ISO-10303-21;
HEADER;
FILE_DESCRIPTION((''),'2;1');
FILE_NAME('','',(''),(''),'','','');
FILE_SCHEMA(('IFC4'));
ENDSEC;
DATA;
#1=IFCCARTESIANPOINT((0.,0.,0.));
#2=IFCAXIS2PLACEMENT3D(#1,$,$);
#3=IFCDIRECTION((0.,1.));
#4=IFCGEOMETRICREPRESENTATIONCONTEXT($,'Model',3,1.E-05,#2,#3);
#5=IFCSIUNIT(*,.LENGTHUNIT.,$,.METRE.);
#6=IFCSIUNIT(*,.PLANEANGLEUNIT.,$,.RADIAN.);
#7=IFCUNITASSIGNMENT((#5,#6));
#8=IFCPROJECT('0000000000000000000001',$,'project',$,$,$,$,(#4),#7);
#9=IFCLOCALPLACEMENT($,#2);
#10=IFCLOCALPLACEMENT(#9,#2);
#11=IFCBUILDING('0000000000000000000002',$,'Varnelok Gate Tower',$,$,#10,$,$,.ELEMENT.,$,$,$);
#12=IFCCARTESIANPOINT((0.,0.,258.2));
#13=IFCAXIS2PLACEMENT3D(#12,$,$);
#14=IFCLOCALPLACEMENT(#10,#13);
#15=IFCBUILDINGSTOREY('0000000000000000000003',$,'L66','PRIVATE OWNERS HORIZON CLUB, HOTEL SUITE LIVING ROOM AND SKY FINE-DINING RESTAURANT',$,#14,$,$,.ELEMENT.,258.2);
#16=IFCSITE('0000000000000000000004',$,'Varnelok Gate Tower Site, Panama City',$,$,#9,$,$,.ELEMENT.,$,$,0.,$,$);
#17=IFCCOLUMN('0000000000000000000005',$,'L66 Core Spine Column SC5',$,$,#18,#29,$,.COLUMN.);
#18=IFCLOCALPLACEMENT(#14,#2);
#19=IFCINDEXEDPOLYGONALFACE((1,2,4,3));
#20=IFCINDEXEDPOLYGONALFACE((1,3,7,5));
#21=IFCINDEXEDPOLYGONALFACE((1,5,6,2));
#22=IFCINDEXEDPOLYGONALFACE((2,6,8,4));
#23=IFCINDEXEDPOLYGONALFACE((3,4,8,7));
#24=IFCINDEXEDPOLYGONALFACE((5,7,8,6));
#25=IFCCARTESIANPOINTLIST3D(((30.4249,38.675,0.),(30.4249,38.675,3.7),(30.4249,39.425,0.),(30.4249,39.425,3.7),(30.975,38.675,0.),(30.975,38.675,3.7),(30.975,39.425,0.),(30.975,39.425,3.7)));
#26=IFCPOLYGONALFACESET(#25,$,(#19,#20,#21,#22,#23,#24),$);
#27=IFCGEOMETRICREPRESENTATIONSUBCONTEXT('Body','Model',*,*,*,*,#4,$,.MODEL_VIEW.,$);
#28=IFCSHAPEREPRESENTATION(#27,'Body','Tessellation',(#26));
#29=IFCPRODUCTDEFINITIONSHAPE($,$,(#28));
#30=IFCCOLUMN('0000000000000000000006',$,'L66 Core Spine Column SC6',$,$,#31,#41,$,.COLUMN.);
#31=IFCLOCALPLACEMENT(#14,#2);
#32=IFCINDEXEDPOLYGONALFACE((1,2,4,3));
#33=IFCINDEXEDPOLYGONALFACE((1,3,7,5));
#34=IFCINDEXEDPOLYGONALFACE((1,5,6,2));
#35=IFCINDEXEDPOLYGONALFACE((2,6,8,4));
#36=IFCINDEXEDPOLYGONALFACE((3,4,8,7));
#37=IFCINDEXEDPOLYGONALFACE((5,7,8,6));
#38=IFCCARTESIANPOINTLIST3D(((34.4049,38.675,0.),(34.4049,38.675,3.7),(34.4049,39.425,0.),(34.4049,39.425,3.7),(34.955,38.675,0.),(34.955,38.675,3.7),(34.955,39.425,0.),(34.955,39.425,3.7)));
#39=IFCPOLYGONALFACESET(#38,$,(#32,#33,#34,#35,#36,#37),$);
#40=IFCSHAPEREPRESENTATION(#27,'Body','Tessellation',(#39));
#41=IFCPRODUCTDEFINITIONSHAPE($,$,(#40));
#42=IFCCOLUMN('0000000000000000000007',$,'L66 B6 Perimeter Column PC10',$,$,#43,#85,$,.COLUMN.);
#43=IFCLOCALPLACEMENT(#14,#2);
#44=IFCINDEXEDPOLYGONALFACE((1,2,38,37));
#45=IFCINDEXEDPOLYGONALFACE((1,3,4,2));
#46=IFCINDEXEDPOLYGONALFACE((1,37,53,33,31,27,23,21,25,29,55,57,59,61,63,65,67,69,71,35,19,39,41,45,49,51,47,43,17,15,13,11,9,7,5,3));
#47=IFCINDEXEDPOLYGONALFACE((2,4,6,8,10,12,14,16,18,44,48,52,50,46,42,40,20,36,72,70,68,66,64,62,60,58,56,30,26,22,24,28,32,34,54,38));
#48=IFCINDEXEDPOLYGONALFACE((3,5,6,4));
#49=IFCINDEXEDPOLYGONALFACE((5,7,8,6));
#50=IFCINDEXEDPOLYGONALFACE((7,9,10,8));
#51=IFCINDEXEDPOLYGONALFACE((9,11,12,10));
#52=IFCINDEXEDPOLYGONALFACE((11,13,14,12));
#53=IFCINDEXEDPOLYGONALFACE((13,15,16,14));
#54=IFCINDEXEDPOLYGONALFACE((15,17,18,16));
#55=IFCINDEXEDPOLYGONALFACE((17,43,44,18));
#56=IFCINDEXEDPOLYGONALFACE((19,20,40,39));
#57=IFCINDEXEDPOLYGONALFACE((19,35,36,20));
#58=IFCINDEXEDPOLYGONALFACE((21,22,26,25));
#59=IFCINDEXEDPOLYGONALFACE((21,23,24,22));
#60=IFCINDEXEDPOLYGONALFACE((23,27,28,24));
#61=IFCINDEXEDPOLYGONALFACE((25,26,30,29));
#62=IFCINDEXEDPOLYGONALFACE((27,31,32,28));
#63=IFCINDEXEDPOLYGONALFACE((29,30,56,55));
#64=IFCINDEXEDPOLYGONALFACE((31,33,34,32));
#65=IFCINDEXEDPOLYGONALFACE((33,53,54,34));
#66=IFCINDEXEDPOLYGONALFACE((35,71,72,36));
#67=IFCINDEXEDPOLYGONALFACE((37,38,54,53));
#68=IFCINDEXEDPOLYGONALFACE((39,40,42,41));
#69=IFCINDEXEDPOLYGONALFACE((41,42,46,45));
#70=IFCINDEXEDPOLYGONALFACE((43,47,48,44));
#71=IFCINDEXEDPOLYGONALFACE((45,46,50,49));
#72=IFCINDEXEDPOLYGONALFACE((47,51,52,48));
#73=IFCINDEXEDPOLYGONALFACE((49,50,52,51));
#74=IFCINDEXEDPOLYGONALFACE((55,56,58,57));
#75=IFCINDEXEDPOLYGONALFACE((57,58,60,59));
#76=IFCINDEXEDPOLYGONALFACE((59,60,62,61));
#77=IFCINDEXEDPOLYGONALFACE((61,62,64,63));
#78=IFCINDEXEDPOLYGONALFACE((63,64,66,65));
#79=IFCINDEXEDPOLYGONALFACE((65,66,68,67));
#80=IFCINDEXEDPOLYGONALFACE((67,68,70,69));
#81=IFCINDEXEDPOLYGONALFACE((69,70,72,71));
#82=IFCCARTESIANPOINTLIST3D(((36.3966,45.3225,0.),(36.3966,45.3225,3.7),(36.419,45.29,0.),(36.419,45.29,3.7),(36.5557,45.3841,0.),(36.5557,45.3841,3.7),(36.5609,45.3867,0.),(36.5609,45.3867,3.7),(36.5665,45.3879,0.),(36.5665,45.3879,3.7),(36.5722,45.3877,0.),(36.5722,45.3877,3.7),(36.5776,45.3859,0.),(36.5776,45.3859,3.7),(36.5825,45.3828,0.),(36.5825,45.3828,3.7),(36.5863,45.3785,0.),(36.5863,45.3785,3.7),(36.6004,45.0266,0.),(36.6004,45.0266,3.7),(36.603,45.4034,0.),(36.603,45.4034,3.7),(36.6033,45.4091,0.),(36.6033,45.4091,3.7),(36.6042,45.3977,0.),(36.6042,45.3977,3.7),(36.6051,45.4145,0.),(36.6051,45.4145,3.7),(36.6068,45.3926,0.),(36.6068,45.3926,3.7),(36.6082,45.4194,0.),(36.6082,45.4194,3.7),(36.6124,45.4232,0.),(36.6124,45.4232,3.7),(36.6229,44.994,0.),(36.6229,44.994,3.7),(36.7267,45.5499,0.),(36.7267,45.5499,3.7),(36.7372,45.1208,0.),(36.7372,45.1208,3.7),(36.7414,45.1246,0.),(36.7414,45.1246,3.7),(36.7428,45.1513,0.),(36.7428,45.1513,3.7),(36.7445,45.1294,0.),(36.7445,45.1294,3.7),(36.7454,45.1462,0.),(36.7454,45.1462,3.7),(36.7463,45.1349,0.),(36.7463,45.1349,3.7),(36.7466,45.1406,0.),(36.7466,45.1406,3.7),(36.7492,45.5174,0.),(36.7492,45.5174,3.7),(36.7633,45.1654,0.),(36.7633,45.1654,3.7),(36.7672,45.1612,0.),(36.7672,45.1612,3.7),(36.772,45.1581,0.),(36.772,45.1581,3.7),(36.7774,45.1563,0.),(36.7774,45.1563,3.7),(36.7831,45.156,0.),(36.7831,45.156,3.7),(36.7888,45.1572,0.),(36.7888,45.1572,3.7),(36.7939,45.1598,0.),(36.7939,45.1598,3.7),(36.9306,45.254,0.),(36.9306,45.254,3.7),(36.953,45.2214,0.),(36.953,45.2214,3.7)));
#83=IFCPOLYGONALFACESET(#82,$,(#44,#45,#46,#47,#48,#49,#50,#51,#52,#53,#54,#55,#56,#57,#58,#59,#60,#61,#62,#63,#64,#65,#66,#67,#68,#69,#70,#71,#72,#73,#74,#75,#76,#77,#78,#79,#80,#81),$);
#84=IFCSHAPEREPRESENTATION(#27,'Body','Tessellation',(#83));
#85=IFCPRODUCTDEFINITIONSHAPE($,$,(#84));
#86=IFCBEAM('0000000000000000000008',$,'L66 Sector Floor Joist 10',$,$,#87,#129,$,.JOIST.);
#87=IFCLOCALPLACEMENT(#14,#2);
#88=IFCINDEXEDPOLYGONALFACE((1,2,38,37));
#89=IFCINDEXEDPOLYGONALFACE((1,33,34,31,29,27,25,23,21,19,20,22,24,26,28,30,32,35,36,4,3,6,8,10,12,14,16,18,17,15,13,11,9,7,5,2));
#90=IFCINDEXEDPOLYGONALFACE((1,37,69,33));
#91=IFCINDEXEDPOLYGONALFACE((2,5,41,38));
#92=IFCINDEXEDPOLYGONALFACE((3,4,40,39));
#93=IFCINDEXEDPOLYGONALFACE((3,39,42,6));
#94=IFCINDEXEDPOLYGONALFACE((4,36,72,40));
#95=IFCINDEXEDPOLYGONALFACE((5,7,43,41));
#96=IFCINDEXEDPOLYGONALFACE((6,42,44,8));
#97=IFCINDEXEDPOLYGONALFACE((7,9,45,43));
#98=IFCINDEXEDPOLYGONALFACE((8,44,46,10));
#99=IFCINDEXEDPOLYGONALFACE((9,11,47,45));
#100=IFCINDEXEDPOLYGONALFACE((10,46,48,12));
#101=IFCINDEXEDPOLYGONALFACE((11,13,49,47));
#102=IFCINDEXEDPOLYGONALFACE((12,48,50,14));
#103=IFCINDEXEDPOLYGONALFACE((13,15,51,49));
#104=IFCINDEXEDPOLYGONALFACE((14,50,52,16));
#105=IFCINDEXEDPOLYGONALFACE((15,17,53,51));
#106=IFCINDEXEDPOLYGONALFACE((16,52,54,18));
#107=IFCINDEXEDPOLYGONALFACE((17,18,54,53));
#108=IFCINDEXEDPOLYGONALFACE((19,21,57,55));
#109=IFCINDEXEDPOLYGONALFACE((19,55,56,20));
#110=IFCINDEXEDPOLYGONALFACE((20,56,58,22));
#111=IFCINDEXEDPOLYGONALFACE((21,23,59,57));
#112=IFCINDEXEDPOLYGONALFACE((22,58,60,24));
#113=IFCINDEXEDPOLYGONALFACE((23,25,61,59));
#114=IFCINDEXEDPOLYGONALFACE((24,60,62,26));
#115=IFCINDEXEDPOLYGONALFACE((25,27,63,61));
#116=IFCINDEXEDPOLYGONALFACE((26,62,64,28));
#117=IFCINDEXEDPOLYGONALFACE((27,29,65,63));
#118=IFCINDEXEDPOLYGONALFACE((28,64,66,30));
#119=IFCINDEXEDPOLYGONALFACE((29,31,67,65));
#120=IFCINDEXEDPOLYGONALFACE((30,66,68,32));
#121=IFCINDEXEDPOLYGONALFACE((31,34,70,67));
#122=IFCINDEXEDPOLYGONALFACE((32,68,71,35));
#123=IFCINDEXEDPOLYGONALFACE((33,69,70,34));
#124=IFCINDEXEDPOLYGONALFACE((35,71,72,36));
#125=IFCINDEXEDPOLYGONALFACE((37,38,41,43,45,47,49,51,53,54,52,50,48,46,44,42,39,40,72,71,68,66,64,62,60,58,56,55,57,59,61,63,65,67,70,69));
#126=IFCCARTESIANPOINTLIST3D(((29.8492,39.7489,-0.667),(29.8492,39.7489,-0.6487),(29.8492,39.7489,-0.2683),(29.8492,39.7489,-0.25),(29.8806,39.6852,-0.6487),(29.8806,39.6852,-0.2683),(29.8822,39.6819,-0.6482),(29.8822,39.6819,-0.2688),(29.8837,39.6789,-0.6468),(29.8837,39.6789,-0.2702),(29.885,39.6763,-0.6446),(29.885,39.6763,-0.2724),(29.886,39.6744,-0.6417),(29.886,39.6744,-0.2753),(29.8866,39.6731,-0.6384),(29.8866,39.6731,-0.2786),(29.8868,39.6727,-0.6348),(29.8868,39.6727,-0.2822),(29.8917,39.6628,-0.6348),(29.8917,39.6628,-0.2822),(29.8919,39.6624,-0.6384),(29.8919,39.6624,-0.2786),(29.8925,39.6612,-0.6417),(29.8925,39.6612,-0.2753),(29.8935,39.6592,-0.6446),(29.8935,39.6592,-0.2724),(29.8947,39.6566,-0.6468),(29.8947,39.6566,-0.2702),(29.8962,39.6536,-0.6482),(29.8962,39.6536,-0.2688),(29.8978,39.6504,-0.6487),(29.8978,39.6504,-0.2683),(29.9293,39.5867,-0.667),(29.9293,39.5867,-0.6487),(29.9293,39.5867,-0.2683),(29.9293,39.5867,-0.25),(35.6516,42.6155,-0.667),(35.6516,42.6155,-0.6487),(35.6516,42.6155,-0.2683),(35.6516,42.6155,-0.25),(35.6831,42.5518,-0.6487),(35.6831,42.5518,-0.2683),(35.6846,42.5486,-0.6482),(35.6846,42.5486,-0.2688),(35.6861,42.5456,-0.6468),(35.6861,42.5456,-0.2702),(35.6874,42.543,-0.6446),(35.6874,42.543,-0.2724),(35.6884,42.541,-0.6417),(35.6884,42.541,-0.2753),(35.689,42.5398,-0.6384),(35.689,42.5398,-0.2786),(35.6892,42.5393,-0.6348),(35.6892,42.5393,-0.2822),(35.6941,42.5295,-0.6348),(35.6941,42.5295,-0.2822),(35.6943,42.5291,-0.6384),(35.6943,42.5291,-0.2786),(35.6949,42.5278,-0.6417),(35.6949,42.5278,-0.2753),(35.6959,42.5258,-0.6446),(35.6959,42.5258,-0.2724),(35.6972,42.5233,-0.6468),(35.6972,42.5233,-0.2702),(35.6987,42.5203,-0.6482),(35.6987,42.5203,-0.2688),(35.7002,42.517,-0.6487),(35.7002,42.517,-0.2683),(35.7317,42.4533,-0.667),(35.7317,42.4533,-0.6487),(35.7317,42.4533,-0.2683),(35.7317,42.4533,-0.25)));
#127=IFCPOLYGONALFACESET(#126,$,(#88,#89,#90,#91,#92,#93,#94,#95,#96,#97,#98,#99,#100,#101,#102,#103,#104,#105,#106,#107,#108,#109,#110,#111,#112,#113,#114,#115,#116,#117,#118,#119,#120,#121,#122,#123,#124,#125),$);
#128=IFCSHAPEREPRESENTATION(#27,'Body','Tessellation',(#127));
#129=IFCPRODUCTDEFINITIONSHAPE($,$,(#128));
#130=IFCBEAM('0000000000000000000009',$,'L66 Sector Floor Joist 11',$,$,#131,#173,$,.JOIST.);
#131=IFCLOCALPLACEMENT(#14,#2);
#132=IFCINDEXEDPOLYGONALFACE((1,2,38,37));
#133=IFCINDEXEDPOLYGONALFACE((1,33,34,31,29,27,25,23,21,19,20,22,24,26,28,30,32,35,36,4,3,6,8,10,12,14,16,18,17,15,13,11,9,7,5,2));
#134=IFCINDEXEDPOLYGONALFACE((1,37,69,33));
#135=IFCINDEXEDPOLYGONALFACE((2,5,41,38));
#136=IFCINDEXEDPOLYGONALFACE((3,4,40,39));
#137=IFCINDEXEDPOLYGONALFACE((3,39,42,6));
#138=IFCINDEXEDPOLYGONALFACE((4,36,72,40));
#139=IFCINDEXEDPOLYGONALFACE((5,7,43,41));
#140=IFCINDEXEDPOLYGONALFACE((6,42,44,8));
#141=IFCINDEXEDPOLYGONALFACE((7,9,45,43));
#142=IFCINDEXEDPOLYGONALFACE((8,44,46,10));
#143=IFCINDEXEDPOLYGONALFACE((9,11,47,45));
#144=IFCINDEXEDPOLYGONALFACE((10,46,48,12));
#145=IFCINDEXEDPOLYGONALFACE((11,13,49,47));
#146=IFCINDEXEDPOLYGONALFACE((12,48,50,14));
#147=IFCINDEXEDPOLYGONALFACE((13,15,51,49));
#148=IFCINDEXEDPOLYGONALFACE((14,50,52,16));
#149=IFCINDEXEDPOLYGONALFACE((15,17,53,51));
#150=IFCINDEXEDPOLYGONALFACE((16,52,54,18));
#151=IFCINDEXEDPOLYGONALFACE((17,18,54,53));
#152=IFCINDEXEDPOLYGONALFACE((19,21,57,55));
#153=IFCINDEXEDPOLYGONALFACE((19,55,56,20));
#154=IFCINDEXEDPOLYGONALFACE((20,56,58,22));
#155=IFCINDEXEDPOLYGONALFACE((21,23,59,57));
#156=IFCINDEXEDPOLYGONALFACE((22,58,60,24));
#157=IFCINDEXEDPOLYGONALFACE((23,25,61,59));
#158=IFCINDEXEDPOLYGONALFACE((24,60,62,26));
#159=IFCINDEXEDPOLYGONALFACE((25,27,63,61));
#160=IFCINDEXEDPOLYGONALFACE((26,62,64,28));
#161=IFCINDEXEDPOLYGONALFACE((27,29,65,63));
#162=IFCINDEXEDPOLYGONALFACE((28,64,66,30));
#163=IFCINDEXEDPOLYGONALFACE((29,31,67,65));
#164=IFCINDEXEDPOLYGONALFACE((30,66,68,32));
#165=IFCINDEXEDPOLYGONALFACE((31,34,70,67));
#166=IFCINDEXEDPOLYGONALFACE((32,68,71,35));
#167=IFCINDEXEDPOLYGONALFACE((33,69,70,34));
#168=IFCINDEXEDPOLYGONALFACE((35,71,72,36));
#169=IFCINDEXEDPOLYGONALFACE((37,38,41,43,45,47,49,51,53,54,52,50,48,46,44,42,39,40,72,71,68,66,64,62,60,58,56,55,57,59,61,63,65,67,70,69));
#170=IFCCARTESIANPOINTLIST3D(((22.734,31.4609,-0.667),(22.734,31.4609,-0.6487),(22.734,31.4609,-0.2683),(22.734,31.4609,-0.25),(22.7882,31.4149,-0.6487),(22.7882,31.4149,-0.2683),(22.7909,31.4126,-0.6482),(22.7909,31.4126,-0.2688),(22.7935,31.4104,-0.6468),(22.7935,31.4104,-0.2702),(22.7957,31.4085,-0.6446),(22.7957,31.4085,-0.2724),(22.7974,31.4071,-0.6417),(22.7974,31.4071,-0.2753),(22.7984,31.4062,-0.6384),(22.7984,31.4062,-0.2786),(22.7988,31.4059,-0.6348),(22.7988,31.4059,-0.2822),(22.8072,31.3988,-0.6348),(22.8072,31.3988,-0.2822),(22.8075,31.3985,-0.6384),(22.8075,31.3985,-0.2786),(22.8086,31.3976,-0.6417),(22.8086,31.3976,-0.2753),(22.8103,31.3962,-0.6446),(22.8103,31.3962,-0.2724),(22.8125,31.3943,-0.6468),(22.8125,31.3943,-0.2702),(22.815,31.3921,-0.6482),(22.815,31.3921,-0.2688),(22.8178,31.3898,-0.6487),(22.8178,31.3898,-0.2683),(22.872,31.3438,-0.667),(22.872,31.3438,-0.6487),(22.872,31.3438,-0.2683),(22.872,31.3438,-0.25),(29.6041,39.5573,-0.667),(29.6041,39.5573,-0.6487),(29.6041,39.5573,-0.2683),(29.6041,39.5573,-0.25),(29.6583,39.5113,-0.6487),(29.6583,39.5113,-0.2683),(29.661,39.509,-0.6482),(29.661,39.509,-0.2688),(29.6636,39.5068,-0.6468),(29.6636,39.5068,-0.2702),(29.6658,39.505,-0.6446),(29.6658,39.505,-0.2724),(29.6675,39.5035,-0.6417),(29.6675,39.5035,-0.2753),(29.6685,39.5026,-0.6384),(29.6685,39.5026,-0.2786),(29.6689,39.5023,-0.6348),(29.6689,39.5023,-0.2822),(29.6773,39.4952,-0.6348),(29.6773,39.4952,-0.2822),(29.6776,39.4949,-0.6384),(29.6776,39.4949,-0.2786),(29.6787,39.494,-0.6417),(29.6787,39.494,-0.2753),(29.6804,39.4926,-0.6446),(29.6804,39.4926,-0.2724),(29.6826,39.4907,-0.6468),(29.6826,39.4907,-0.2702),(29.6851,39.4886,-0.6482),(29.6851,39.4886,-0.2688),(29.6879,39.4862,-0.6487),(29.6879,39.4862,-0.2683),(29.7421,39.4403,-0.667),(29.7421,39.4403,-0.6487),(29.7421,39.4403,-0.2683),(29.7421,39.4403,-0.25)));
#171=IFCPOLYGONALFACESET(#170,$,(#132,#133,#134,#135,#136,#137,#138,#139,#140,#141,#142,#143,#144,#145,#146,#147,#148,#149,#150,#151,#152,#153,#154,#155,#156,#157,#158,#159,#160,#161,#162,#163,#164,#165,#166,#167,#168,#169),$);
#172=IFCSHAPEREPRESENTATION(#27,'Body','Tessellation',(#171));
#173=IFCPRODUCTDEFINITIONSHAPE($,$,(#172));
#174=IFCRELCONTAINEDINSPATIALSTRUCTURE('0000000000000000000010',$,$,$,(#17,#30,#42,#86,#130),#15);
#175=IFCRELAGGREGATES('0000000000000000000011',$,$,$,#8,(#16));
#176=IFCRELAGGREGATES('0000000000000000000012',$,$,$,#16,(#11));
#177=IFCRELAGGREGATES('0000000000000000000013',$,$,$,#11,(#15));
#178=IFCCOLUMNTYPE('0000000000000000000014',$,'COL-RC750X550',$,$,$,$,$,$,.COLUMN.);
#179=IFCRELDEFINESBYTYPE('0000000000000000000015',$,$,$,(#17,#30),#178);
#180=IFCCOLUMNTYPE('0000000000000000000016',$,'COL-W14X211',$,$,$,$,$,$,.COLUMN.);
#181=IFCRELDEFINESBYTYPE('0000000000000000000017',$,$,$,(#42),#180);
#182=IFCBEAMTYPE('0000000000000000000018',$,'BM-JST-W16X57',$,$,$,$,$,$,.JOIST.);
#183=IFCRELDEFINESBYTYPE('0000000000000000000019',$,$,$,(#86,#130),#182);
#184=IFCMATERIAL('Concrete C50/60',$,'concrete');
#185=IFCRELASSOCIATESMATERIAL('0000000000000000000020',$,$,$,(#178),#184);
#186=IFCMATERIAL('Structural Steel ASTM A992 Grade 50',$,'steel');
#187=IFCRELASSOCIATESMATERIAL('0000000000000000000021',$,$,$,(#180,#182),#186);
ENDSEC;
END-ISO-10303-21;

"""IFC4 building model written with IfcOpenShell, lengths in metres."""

from ifc_helpers import new_model, si_unit, direction, frame, origin, origin_2d, place, context, subcontext, project, spatial, rectangle, i_section, extrude, material, material_profile, profile_set, type_object, element, save


model = new_model("IFC4")

# Units and contexts
model_context = context("Model", 3, precision=1e-05, world=origin(), true_north=direction((0.0, 1.0)))
body_context = subcontext(model_context, "Body", "Model", "MODEL_VIEW")
ifc_project = project(units=[si_unit("LENGTHUNIT", "METRE"), si_unit("PLANEANGLEUNIT", "RADIAN")], contexts=[model_context])

# Site, building, storey
site_placement = place(None, origin())
site = spatial("IfcSite", under=ifc_project, at=site_placement, Name="Varnelok Gate Tower Site, Panama City", CompositionType="ELEMENT", RefElevation=0.0)
building_placement = place(site_placement, origin())
building = spatial("IfcBuilding", under=site, at=building_placement, Name="Varnelok Gate Tower", CompositionType="ELEMENT")
storey_placement = place(building_placement, frame((0.0, 0.0, 258.2)))
storey = spatial("IfcBuildingStorey", under=building, at=storey_placement, Name="L66", Description="PRIVATE OWNERS HORIZON CLUB, HOTEL SUITE LIVING ROOM AND SKY FINE-DINING RESTAURANT", CompositionType="ELEMENT", Elevation=258.2)

# Columns
ifc_material_1 = material(Name="Concrete C50/60", Category="concrete")
ifc_material_profile_1 = material_profile(ifc_material_1, rectangle(XDim=0.55, YDim=0.75, at=origin_2d()), Name="RC750X550")
ifc_profile_set_1 = profile_set([ifc_material_profile_1], Name="Concrete C50/60")
column_type_1 = type_object("IfcColumnType", Name="COL-RC750X550", PredefinedType="COLUMN", material=ifc_profile_set_1)
for number, where, z_axis, x_axis, name in (
    (1, (30.7, 39.05, 0.0), (0.0, 0.0, 1.0), (1.0, 0.0, 0.0), "L66 Core Spine Column SC5"),
    (2, (34.6799, 39.05, 0.0), (0.0, 0.0, 1.0), (1.0, 0.0, 0.0), "L66 Core Spine Column SC6"),
):
    element("IfcColumn", number, at=place(storey_placement, frame(where, z_axis=z_axis, x_axis=x_axis)), inside=storey, type_object=column_type_1, Name=name, PredefinedType="COLUMN", context=body_context, shape_type="SweptSolid", body=[
        extrude(rectangle(XDim=0.55, YDim=0.75, at=origin_2d()), origin(), (0.0, 0.0, 1.0), 3.7),
    ])
ifc_material_2 = material(Name="Structural Steel ASTM A992 Grade 50", Category="steel")
ifc_material_profile_2 = material_profile(ifc_material_2, i_section(OverallWidth=0.4009, OverallDepth=0.3989, WebThickness=0.0249, FlangeThickness=0.0396, FilletRadius=0.022, at=origin_2d()), Name="W14X211")
ifc_profile_set_2 = profile_set([ifc_material_profile_2], Name="Structural Steel ASTM A992 Grade 50")
column_type_2 = type_object("IfcColumnType", Name="COL-W14X211", PredefinedType="COLUMN", material=ifc_profile_set_2)
column_placement = place(storey_placement, frame((36.6748, 45.272, 0.0), z_axis=(0.0, 0.0, 1.0), x_axis=(0.823533, 0.567269, 0.0)))
element("IfcColumn", 3, at=column_placement, inside=storey, type_object=column_type_2, Name="L66 B6 Perimeter Column PC10", PredefinedType="COLUMN", context=body_context, shape_type="SweptSolid", body=[
    extrude(i_section(OverallWidth=0.4009, OverallDepth=0.3989, WebThickness=0.0249, FlangeThickness=0.0396, FilletRadius=0.022, at=origin_2d()), origin(), (0.0, 0.0, 1.0), 3.7),
])

# Beams
ifc_material_profile_3 = material_profile(ifc_material_2, i_section(OverallWidth=0.1809, OverallDepth=0.417, WebThickness=0.011, FlangeThickness=0.0183, FilletRadius=0.0139, at=origin_2d()), Name="W16X57")
ifc_profile_set_3 = profile_set([ifc_material_profile_3], Name="Structural Steel ASTM A992 Grade 50")
beam_type_1 = type_object("IfcBeamType", Name="BM-JST-W16X57", PredefinedType="JOIST", material=ifc_profile_set_3)
beam_1_placement = place(storey_placement, frame((35.6917, 42.5344, -0.4585), z_axis=(-0.896552, -0.442938, 0.0), x_axis=(0.442938, -0.896552, 0.0)))
element("IfcBeam", 4, at=beam_1_placement, inside=storey, type_object=beam_type_1, Name="L66 Sector Floor Joist 10", PredefinedType="JOIST", context=body_context, shape_type="SweptSolid", body=[
    extrude(i_section(OverallWidth=0.1809, OverallDepth=0.417, WebThickness=0.011, FlangeThickness=0.0183, FilletRadius=0.0139, at=origin_2d()), origin(), (0.0, 0.0, 1.0), 6.4719),
])
beam_2_placement = place(storey_placement, frame((29.6731, 39.4988, -0.4585), z_axis=(-0.647, -0.76249, 0.0), x_axis=(0.76249, -0.647, 0.0)))
element("IfcBeam", 5, at=beam_2_placement, inside=storey, type_object=beam_type_1, Name="L66 Sector Floor Joist 11", PredefinedType="JOIST", context=body_context, shape_type="SweptSolid", body=[
    extrude(i_section(OverallWidth=0.1809, OverallDepth=0.417, WebThickness=0.011, FlangeThickness=0.0183, FilletRadius=0.0139, at=origin_2d()), origin(), (0.0, 0.0, 1.0), 10.6184),
])

save(model, "model.ifc")
